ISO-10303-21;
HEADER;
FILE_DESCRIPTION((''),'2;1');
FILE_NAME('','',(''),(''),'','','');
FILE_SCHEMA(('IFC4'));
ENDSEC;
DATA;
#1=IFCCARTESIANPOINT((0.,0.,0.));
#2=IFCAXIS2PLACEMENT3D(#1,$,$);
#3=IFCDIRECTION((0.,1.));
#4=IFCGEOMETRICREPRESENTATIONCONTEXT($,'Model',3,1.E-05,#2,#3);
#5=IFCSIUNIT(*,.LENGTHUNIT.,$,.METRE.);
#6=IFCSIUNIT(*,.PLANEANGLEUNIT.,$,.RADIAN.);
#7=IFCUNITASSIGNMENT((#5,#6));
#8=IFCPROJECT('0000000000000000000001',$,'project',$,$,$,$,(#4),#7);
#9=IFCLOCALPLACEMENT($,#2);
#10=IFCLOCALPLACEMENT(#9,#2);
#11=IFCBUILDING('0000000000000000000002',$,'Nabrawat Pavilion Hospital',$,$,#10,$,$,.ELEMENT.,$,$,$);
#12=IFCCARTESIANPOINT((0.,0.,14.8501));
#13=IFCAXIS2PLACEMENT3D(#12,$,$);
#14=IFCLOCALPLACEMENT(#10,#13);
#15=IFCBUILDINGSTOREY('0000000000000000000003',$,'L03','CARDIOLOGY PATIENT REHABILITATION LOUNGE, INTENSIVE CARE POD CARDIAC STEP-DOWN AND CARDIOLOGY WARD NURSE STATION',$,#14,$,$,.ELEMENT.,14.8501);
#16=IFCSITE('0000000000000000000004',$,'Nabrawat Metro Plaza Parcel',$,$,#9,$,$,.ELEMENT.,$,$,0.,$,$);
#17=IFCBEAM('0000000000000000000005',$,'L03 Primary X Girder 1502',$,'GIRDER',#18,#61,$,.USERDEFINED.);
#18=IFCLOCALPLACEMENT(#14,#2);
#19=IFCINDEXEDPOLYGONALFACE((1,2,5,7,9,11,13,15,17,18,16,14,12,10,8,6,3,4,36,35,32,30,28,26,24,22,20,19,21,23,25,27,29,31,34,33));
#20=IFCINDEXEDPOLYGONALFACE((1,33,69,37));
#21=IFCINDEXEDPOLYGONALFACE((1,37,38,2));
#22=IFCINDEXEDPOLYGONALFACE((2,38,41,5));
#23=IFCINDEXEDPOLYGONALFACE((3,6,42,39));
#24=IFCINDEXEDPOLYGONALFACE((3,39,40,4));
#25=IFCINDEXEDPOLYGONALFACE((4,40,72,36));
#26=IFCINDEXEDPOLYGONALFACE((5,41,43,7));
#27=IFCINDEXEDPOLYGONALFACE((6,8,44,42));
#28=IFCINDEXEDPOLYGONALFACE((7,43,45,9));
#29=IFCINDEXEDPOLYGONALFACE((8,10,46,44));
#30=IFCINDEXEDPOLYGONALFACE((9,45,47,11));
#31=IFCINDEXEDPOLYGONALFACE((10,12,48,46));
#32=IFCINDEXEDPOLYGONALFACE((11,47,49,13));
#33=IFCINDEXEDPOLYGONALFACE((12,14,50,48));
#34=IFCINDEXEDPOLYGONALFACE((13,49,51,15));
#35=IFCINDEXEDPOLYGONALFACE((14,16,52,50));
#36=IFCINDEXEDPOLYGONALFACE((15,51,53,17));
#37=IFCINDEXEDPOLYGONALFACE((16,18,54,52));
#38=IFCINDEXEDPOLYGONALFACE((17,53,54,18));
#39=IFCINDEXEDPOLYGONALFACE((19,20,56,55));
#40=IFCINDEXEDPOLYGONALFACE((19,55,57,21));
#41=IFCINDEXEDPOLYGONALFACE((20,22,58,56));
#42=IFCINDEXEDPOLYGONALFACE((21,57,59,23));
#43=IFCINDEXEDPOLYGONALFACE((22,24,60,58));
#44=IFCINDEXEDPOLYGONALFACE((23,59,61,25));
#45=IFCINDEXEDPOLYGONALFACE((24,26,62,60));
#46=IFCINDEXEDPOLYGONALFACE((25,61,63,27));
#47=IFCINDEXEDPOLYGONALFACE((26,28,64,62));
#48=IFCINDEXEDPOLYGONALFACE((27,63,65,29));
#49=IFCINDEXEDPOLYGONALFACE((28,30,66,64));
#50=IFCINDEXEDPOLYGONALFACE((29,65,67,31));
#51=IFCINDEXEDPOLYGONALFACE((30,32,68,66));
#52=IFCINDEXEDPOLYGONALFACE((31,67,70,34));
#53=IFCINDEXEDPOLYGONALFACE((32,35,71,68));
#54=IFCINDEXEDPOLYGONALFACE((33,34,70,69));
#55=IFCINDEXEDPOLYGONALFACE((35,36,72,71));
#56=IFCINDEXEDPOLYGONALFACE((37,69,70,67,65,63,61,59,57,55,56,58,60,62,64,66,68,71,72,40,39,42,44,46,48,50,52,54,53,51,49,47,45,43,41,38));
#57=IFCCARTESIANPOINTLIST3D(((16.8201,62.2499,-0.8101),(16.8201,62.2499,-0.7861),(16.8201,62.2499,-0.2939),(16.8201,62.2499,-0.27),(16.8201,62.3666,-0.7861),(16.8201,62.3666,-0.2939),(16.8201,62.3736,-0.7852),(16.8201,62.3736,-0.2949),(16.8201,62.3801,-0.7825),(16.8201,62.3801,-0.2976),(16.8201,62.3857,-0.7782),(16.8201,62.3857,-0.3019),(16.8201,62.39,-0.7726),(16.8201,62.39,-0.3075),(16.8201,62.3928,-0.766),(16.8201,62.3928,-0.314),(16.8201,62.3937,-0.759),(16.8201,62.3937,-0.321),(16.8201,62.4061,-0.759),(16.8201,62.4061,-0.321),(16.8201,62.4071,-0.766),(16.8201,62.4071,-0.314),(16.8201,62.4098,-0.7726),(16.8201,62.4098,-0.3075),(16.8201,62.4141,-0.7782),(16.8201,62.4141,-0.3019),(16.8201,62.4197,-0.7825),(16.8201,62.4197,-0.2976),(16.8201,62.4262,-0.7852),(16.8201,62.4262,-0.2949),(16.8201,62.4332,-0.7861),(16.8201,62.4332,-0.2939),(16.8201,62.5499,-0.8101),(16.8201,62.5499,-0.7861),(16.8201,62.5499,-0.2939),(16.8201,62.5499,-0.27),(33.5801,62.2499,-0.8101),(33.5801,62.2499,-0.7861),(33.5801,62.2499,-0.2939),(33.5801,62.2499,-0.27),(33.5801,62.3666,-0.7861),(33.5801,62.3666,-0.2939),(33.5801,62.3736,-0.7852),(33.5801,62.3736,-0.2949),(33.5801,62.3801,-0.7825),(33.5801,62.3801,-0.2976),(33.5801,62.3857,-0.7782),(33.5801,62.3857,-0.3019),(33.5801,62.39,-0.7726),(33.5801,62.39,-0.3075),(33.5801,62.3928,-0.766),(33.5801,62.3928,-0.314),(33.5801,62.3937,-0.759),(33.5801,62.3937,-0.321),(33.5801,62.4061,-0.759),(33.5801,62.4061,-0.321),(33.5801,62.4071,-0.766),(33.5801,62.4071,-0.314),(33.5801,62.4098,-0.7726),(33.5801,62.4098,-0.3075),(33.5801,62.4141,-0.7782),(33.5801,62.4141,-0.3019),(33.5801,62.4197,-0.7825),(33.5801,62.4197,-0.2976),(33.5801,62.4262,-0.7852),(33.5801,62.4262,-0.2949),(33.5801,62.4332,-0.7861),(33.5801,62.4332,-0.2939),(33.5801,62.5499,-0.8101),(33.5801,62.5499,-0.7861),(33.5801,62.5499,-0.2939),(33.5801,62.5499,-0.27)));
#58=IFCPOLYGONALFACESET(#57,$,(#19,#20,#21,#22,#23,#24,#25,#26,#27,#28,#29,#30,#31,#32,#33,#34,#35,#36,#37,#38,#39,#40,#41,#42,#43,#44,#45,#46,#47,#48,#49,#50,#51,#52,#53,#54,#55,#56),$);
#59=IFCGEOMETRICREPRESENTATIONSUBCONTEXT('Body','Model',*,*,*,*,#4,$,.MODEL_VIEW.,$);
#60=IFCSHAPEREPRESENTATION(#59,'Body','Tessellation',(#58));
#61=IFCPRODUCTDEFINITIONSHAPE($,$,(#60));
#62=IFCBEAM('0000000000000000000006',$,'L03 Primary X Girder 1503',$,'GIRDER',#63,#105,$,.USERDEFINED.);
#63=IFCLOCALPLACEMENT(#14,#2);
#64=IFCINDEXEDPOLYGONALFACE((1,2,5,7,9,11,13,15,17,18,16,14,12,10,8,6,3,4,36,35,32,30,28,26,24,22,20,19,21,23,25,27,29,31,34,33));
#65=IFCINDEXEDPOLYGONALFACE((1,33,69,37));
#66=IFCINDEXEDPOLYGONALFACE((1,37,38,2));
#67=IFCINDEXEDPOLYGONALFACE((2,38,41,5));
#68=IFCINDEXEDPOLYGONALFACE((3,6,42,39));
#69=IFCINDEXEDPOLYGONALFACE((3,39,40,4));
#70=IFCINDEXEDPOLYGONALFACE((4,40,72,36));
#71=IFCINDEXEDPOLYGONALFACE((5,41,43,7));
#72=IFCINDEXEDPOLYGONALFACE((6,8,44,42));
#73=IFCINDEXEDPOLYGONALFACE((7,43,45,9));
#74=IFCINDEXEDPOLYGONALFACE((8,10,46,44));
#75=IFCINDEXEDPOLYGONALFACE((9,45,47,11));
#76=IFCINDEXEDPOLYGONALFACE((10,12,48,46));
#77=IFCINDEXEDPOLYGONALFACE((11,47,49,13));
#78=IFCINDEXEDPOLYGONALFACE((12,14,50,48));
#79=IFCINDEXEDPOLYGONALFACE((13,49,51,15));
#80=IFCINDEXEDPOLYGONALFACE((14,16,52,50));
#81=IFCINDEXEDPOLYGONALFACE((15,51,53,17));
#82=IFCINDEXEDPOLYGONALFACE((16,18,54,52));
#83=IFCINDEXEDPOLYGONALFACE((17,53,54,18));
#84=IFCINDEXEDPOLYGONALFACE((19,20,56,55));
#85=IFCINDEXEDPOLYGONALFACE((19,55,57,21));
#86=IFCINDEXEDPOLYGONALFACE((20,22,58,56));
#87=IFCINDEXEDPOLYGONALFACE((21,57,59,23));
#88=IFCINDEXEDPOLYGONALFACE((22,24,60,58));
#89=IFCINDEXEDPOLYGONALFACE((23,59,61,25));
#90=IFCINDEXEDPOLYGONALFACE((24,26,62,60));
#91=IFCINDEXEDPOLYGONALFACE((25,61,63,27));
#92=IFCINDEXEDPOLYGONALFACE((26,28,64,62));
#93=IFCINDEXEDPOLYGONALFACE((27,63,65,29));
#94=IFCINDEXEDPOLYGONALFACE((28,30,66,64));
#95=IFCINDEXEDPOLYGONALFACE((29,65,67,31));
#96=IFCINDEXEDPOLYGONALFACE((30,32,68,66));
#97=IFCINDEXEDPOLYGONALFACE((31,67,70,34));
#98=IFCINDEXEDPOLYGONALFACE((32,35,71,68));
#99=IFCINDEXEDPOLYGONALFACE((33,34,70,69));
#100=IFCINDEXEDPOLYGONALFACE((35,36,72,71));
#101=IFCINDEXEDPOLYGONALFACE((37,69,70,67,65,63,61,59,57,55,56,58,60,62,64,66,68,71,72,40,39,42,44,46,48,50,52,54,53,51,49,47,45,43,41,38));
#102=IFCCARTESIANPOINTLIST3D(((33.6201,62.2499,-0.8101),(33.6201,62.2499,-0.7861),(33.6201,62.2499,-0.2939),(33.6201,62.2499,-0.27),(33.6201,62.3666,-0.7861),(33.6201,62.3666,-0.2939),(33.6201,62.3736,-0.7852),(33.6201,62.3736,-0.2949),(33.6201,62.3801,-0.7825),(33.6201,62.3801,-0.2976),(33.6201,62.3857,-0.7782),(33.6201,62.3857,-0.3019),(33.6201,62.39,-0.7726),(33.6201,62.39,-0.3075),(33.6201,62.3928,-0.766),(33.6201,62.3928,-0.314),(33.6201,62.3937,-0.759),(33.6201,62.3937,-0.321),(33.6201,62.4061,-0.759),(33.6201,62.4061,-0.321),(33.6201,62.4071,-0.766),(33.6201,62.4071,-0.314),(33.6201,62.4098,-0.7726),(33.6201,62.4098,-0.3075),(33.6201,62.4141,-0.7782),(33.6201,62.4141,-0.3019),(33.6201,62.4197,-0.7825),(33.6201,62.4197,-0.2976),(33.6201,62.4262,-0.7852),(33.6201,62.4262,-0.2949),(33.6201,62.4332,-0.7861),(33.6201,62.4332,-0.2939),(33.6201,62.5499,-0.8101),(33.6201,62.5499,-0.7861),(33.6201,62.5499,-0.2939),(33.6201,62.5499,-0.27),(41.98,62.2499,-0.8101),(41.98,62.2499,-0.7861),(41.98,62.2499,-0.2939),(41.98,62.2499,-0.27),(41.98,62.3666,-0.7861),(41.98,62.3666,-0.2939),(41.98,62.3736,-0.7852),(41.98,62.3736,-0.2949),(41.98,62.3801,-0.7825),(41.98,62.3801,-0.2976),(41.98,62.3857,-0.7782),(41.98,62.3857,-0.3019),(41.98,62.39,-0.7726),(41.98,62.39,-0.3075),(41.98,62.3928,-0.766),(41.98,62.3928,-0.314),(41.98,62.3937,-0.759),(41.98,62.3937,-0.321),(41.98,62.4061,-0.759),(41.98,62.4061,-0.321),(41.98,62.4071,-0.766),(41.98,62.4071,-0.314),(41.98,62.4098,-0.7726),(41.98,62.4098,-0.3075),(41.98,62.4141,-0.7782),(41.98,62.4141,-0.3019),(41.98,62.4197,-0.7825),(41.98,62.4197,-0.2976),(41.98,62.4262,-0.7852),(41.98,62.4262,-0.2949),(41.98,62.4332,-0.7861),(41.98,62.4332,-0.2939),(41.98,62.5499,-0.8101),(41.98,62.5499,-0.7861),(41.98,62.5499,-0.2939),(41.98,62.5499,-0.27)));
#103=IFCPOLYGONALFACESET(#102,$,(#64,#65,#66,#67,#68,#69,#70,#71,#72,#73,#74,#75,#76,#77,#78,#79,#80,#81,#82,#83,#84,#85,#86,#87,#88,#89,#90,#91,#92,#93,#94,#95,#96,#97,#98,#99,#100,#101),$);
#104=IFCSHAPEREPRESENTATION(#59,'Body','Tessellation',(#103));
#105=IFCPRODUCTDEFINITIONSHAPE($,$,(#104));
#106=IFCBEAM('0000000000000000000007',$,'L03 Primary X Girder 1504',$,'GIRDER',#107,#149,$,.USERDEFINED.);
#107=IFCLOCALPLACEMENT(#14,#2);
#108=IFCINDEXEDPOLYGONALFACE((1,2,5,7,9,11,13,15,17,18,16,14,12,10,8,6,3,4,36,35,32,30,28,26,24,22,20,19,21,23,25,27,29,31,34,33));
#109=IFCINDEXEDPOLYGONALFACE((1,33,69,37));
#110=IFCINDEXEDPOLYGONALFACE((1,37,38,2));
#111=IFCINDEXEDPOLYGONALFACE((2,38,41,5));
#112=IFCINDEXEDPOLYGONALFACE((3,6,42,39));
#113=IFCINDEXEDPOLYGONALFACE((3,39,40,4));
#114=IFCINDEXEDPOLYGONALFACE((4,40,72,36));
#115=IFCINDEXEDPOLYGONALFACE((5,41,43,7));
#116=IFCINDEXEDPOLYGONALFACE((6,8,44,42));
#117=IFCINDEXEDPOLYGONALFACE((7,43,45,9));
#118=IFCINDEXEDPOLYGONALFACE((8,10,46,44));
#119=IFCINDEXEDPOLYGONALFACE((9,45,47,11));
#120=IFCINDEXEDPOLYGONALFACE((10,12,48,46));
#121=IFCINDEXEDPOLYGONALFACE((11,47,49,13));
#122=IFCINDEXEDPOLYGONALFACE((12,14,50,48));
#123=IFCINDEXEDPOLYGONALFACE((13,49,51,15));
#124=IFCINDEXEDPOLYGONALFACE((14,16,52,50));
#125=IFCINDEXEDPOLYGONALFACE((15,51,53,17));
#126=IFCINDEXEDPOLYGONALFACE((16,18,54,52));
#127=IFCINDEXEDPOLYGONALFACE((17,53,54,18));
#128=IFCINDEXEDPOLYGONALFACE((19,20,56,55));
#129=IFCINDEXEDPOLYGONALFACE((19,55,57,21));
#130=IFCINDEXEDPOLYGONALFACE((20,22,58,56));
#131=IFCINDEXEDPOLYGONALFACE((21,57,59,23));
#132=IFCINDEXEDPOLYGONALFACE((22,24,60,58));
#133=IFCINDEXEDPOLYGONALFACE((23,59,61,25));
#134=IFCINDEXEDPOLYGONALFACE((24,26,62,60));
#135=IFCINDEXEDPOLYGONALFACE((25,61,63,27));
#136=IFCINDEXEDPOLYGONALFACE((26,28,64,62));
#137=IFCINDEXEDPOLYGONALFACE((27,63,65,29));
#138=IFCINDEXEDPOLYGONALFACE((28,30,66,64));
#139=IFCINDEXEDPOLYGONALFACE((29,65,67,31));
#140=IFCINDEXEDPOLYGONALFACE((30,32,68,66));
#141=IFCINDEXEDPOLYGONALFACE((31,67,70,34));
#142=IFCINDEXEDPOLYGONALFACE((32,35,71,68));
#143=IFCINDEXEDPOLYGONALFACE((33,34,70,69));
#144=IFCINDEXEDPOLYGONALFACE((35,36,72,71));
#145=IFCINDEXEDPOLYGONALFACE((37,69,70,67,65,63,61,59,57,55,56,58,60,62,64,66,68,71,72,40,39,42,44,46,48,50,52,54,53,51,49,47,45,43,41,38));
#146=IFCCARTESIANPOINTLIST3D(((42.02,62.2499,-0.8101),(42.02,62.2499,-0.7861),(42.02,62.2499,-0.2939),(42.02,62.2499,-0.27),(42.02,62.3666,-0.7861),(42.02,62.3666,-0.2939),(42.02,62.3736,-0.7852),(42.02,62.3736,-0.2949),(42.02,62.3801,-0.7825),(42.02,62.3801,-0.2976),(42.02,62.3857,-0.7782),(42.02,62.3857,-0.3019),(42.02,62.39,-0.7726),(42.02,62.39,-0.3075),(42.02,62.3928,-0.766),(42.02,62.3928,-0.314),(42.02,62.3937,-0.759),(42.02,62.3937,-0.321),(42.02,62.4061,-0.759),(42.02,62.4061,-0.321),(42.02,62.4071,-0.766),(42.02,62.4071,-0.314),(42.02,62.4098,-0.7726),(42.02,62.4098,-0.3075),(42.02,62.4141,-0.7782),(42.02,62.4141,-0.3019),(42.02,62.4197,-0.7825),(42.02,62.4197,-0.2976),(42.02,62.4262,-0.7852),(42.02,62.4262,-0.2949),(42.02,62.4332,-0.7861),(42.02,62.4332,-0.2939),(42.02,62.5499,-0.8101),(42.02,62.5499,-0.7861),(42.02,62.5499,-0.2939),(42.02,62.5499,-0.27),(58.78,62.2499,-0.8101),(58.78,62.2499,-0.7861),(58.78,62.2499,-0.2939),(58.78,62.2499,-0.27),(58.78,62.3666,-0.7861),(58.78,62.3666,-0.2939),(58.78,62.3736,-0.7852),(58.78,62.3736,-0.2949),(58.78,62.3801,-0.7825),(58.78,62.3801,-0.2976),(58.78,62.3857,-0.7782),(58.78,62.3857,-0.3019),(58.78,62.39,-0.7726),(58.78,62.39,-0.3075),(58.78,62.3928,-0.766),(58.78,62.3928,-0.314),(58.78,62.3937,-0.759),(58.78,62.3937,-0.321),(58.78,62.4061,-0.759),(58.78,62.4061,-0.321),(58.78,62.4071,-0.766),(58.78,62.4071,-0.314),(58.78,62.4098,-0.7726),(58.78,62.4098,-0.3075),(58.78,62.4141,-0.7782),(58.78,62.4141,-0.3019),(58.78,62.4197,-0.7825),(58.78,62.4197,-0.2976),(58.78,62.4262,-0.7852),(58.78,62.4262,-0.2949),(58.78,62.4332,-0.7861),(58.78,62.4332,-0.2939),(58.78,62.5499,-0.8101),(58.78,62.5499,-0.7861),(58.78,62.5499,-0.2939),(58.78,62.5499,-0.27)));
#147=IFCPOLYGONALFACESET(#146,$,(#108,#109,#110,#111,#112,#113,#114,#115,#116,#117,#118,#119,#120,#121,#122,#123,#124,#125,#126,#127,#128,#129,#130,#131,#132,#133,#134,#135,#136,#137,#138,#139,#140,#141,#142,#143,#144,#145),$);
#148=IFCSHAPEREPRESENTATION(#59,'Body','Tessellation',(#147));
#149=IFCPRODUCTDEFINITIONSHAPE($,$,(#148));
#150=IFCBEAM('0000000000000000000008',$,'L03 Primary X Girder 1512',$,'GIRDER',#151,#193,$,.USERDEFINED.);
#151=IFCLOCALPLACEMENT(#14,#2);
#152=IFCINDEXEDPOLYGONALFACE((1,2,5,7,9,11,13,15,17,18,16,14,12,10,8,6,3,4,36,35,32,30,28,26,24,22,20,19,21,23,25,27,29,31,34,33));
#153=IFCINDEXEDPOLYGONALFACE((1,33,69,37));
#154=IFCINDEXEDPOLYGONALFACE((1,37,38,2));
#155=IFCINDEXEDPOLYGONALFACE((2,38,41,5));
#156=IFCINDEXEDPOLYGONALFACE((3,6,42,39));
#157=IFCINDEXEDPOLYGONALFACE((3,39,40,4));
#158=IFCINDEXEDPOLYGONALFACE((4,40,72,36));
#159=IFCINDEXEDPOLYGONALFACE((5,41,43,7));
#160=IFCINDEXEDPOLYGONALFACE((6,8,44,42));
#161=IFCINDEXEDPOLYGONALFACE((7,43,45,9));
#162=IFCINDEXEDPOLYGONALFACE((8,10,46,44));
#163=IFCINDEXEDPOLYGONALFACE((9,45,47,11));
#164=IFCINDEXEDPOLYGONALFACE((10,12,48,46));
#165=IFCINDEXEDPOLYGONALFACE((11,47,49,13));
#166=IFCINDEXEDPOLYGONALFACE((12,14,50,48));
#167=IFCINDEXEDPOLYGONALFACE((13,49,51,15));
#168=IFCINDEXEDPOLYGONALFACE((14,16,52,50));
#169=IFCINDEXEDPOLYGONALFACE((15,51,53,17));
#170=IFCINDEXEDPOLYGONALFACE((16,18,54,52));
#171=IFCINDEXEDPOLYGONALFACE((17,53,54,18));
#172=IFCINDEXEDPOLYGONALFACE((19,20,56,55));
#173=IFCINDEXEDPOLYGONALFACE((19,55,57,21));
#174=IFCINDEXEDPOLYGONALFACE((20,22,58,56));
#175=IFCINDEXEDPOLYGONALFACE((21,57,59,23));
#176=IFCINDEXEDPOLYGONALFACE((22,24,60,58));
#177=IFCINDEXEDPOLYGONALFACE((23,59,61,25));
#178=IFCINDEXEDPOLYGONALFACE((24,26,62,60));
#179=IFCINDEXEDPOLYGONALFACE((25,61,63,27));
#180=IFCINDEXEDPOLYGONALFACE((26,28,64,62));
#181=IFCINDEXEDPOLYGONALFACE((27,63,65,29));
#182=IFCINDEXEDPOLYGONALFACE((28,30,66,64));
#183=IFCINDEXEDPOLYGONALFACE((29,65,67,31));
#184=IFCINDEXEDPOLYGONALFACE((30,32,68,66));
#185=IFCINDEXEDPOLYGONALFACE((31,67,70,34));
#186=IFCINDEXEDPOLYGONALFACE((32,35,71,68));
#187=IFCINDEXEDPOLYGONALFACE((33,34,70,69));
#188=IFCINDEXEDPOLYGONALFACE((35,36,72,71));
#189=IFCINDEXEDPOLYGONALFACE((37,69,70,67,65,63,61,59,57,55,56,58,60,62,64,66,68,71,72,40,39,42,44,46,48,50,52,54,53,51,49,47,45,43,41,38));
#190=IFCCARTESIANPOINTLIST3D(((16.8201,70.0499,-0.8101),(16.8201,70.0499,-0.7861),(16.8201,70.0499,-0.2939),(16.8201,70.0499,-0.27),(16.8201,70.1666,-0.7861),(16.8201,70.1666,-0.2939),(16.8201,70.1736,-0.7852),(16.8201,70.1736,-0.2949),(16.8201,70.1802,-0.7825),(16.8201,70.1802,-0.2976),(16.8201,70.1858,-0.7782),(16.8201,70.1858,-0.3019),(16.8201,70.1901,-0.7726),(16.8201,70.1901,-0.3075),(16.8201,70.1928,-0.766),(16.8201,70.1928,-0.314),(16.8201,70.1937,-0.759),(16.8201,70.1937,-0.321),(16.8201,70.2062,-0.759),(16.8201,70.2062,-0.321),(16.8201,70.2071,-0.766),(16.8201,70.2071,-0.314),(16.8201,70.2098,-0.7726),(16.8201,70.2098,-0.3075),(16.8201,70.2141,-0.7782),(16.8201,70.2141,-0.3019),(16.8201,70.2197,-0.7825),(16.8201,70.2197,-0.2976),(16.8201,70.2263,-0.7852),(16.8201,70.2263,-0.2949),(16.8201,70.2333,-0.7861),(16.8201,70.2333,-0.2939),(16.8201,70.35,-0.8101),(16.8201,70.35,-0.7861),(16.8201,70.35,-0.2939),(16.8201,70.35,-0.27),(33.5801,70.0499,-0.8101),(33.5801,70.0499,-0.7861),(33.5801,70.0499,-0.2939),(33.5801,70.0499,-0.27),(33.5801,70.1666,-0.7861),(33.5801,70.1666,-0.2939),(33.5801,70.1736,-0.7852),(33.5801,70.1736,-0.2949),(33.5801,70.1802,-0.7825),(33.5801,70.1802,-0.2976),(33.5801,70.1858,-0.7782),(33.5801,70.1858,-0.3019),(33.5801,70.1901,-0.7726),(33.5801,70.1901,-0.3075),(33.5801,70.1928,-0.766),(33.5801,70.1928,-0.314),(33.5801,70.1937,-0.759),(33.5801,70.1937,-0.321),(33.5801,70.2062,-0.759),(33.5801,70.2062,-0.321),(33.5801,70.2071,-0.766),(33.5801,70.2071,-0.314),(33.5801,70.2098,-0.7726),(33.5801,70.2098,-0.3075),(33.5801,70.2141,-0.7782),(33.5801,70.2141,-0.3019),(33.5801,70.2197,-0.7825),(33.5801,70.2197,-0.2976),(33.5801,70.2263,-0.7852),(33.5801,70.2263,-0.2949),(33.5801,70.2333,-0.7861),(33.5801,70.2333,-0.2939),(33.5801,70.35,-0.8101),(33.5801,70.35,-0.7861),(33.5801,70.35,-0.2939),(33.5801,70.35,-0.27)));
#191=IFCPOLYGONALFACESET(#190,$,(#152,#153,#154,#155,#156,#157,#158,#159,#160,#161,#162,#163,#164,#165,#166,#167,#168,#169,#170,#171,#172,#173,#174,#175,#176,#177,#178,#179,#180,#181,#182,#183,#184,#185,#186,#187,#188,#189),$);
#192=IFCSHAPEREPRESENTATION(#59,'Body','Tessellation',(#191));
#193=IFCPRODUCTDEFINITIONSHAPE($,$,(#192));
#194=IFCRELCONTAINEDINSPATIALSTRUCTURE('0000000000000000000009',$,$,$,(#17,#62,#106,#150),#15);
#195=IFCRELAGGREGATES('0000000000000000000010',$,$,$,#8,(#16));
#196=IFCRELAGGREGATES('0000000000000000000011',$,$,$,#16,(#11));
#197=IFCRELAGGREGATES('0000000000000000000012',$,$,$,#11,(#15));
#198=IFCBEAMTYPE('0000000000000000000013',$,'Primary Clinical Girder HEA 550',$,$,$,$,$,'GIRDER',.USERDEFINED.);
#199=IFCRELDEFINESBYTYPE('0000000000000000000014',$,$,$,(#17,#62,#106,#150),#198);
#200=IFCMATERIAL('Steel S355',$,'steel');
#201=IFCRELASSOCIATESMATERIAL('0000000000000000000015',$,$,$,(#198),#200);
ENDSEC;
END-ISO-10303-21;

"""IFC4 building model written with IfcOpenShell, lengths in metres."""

from ifc_helpers import new_model, si_unit, direction, frame, origin, origin_2d, place, context, subcontext, project, spatial, i_section, extrude, material, material_profile, profile_set, type_object, element, save


model = new_model("IFC4")

# Units and contexts
model_context = context("Model", 3, precision=1e-05, world=origin(), true_north=direction((0.0, 1.0)))
body_context = subcontext(model_context, "Body", "Model", "MODEL_VIEW")
ifc_project = project(units=[si_unit("LENGTHUNIT", "METRE"), si_unit("PLANEANGLEUNIT", "RADIAN")], contexts=[model_context])

# Site, building, storey
site_placement = place(None, origin())
site = spatial("IfcSite", under=ifc_project, at=site_placement, Name="Nabrawat Metro Plaza Parcel", CompositionType="ELEMENT", RefElevation=0.0)
building_placement = place(site_placement, origin())
building = spatial("IfcBuilding", under=site, at=building_placement, Name="Nabrawat Pavilion Hospital", CompositionType="ELEMENT")
storey_placement = place(building_placement, frame((0.0, 0.0, 14.8501)))
storey = spatial("IfcBuildingStorey", under=building, at=storey_placement, Name="L03", Description="CARDIOLOGY PATIENT REHABILITATION LOUNGE, INTENSIVE CARE POD CARDIAC STEP-DOWN AND CARDIOLOGY WARD NURSE STATION", CompositionType="ELEMENT", Elevation=14.8501)

# Shared definitions
ifc_material_1 = material(Name="Steel S355", Category="steel")

# Beams
ifc_material_profile_1 = material_profile(ifc_material_1, i_section(OverallWidth=0.3, OverallDepth=0.54, WebThickness=0.0125, FlangeThickness=0.0239, FilletRadius=0.0271, at=origin_2d()), Name="HEA 550")
ifc_profile_set_1 = profile_set([ifc_material_profile_1], Name="Steel S355")
beam_type_1 = type_object("IfcBeamType", Name="Primary Clinical Girder HEA 550", ElementType="GIRDER", PredefinedType="USERDEFINED", material=ifc_profile_set_1)
beam_1_placement = place(storey_placement, frame((16.8201, 62.3999, -0.54), z_axis=(1.0, 0.0, 0.0), x_axis=(0.0, 1.0, 0.0)))
element("IfcBeam", 1, at=beam_1_placement, inside=storey, type_object=beam_type_1, Name="L03 Primary X Girder 1502", ObjectType="GIRDER", PredefinedType="USERDEFINED", context=body_context, shape_type="SweptSolid", body=[
    extrude(i_section(OverallWidth=0.3, OverallDepth=0.54, WebThickness=0.0125, FlangeThickness=0.0239, FilletRadius=0.0271, at=origin_2d()), origin(), (0.0, 0.0, 1.0), 16.76),
])
beam_2_placement = place(storey_placement, frame((33.6201, 62.3999, -0.54), z_axis=(1.0, 0.0, 0.0), x_axis=(0.0, 1.0, 0.0)))
element("IfcBeam", 2, at=beam_2_placement, inside=storey, type_object=beam_type_1, Name="L03 Primary X Girder 1503", ObjectType="GIRDER", PredefinedType="USERDEFINED", context=body_context, shape_type="SweptSolid", body=[
    extrude(i_section(OverallWidth=0.3, OverallDepth=0.54, WebThickness=0.0125, FlangeThickness=0.0239, FilletRadius=0.0271, at=origin_2d()), origin(), (0.0, 0.0, 1.0), 8.3599),
])
for number, where, z_axis, x_axis, name in (
    (3, (42.02, 62.3999, -0.54), (1.0, 0.0, 0.0), (0.0, 1.0, 0.0), "L03 Primary X Girder 1504"),
    (4, (16.8201, 70.2, -0.54), (1.0, 0.0, 0.0), (0.0, 1.0, 0.0), "L03 Primary X Girder 1512"),
):
    element("IfcBeam", number, at=place(storey_placement, frame(where, z_axis=z_axis, x_axis=x_axis)), inside=storey, type_object=beam_type_1, Name=name, ObjectType="GIRDER", PredefinedType="USERDEFINED", context=body_context, shape_type="SweptSolid", body=[
        extrude(i_section(OverallWidth=0.3, OverallDepth=0.54, WebThickness=0.0125, FlangeThickness=0.0239, FilletRadius=0.0271, at=origin_2d()), origin(), (0.0, 0.0, 1.0), 16.76),
    ])

save(model, "model.ifc")
